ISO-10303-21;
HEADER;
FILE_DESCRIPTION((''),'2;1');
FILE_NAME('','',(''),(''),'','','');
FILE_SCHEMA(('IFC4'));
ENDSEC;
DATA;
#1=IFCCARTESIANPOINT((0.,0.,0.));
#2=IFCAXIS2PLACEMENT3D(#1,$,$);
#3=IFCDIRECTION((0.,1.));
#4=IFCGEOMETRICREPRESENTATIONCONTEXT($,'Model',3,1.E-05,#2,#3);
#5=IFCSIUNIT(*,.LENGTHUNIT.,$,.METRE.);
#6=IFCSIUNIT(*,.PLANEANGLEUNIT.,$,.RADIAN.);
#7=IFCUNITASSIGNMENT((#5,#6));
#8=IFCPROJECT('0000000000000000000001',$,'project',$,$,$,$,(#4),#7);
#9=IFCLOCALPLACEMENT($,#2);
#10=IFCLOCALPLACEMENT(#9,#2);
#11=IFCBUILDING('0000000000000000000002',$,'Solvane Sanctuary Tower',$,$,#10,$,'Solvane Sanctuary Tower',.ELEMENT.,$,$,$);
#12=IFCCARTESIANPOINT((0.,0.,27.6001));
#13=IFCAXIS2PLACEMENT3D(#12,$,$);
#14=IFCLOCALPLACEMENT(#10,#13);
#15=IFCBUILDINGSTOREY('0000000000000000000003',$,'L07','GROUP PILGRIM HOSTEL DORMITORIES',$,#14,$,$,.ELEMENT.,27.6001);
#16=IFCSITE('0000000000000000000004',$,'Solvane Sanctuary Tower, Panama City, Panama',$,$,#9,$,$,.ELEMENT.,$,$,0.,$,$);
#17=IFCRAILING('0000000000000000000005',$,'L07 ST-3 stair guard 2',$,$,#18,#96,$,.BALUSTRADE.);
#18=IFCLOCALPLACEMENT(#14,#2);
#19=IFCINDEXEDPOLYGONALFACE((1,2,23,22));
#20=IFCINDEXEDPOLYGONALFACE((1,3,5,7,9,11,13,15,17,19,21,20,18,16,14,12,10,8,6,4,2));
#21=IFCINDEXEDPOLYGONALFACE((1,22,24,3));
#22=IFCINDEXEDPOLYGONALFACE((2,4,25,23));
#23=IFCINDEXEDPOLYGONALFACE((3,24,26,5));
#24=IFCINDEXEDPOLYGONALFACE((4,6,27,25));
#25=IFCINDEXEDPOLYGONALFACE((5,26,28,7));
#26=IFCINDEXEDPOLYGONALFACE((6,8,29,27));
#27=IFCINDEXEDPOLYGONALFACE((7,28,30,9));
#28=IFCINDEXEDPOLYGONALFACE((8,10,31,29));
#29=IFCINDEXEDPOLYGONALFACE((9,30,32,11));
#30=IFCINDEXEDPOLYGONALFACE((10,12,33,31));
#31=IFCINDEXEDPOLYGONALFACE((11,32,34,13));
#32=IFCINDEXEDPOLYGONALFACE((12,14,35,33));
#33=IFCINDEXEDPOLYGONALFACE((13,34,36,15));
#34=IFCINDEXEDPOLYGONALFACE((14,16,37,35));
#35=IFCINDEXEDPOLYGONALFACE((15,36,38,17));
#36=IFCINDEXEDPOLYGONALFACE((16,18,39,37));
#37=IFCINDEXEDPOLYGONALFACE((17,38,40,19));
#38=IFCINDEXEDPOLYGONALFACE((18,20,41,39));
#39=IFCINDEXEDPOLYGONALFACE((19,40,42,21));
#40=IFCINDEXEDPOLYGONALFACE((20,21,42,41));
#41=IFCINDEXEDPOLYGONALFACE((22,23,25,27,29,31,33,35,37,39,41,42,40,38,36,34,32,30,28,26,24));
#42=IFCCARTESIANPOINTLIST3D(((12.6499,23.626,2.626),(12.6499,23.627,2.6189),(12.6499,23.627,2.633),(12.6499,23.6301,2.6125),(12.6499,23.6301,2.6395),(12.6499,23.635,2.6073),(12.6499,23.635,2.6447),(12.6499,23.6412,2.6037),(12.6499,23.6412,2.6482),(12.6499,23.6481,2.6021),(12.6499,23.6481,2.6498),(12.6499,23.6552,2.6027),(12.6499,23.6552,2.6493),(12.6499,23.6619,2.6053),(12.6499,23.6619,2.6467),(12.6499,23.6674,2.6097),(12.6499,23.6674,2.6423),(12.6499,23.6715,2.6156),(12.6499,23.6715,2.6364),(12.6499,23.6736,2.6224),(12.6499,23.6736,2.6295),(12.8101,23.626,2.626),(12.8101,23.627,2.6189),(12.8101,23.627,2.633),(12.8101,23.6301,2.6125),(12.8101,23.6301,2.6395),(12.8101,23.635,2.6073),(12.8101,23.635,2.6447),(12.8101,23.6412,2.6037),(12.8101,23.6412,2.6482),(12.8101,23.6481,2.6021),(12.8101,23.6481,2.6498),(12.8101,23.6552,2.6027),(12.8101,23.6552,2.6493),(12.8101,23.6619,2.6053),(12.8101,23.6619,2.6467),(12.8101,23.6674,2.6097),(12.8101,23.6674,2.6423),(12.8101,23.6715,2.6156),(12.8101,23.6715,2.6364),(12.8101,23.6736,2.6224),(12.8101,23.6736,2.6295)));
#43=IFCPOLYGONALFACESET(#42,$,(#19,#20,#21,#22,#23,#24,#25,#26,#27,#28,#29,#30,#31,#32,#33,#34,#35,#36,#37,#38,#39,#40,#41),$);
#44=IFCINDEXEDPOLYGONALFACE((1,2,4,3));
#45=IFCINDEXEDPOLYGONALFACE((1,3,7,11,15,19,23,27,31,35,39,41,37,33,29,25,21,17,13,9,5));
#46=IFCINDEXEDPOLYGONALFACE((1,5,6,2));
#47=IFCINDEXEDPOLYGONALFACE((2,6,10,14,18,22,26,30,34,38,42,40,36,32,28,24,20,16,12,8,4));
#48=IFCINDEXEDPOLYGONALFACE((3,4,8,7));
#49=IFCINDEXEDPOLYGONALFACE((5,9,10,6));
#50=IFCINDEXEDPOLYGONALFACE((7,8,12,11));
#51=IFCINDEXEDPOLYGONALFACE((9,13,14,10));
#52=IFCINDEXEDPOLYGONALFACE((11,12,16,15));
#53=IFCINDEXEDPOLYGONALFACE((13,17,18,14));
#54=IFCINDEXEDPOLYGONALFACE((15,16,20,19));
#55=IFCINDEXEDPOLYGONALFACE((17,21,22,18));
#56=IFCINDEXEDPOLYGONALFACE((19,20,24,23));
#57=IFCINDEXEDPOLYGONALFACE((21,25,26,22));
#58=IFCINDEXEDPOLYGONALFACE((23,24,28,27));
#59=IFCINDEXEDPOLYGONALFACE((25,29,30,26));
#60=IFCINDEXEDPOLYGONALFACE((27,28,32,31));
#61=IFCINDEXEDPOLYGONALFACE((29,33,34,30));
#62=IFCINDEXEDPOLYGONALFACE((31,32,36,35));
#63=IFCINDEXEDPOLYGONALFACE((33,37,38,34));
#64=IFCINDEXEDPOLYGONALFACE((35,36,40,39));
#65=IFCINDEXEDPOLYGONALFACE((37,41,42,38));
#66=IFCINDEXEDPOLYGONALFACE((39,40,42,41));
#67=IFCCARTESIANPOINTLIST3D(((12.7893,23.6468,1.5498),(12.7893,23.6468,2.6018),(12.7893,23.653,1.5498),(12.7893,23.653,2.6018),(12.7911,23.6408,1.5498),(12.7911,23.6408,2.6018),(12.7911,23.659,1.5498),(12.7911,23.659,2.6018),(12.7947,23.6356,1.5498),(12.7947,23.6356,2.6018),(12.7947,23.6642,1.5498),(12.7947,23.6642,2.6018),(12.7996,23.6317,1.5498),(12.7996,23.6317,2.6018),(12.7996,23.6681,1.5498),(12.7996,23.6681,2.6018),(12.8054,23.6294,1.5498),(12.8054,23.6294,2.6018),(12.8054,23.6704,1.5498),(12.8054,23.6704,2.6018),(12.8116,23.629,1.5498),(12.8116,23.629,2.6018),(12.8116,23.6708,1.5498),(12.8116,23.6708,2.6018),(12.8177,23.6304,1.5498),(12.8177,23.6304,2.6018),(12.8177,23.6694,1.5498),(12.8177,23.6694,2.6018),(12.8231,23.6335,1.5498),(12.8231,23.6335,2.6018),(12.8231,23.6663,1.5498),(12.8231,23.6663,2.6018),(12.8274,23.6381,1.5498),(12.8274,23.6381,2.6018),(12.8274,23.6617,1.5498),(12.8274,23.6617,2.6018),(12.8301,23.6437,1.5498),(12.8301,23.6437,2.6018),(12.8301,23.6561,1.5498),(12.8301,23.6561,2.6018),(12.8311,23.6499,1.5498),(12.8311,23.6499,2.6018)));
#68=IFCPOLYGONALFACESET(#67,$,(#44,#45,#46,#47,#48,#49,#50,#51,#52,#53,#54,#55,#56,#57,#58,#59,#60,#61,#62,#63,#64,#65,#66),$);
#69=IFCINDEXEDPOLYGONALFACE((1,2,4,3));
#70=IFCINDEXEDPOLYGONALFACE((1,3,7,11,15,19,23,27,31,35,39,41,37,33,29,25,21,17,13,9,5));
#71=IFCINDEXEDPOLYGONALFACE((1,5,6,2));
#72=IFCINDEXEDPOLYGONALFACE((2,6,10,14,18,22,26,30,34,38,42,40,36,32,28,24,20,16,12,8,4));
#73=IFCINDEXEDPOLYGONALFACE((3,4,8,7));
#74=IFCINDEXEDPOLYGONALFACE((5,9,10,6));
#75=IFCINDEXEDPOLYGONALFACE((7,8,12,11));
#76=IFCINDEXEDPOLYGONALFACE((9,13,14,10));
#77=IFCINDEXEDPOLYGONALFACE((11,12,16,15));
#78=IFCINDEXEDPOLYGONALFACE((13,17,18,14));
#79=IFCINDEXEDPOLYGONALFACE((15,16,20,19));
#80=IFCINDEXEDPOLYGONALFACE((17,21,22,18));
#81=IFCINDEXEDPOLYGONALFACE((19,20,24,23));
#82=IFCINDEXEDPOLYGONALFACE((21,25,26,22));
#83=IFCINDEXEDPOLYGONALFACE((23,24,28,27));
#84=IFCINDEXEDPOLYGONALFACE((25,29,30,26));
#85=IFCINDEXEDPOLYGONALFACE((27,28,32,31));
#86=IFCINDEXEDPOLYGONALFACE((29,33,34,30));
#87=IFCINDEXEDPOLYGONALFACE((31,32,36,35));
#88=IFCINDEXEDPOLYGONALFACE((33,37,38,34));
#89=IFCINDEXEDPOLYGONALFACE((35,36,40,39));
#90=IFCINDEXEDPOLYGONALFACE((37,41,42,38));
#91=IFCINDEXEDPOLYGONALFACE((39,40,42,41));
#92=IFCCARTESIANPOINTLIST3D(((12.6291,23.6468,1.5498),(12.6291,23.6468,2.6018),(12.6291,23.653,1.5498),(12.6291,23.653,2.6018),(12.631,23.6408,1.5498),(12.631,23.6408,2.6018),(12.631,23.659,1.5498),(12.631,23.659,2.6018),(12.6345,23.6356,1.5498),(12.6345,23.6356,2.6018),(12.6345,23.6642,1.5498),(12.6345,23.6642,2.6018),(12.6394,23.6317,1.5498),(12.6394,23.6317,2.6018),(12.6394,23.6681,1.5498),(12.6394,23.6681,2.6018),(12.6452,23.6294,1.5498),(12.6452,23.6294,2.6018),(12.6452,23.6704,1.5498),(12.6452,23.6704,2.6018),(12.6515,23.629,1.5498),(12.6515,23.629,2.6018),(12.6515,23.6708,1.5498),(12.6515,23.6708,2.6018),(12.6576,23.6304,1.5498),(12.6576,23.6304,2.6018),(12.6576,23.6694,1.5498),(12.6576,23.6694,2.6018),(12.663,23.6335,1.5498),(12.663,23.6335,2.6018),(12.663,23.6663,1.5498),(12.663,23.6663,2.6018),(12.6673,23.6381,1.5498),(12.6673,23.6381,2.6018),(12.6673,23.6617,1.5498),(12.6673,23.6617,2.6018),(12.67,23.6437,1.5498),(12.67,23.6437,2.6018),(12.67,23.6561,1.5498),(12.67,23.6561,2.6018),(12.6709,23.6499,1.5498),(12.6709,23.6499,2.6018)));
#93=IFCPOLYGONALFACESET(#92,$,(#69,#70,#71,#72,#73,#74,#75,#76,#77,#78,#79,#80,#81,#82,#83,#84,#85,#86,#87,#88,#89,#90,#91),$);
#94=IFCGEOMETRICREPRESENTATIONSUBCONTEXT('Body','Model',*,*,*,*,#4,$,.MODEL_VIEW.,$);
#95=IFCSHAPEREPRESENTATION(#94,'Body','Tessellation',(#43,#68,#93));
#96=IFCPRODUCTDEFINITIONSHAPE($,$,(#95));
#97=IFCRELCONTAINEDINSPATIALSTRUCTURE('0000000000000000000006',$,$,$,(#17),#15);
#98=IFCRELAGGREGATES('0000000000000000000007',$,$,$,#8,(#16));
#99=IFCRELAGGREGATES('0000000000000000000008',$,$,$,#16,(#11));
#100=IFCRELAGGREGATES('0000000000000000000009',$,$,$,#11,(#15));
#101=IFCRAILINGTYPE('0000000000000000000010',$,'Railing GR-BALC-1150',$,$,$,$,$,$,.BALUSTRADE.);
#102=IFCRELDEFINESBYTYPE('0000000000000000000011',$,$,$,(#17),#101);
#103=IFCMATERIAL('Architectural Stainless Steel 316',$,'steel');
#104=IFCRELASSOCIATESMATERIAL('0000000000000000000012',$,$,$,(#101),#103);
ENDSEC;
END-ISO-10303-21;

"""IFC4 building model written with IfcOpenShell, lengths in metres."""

from ifc_helpers import new_model, si_unit, direction, frame, origin, origin_2d, place, context, subcontext, project, spatial, circle, extrude, material, type_object, element, save


model = new_model("IFC4")

# Units and contexts
model_context = context("Model", 3, precision=1e-05, world=origin(), true_north=direction((0.0, 1.0)))
body_context = subcontext(model_context, "Body", "Model", "MODEL_VIEW")
ifc_project = project(units=[si_unit("LENGTHUNIT", "METRE"), si_unit("PLANEANGLEUNIT", "RADIAN")], contexts=[model_context])

# Site, building, storey
site_placement = place(None, origin())
site = spatial("IfcSite", under=ifc_project, at=site_placement, Name="Solvane Sanctuary Tower, Panama City, Panama", CompositionType="ELEMENT", RefElevation=0.0)
building_placement = place(site_placement, origin())
building = spatial("IfcBuilding", under=site, at=building_placement, Name="Solvane Sanctuary Tower", LongName="Solvane Sanctuary Tower", CompositionType="ELEMENT")
storey_placement = place(building_placement, frame((0.0, 0.0, 27.6001)))
storey = spatial("IfcBuildingStorey", under=building, at=storey_placement, Name="L07", Description="GROUP PILGRIM HOSTEL DORMITORIES", CompositionType="ELEMENT", Elevation=27.6001)

# Railing
ifc_material_1 = material(Name="Architectural Stainless Steel 316", Category="steel")
railing_type_1 = type_object("IfcRailingType", Name="Railing GR-BALC-1150", PredefinedType="BALUSTRADE", material=ifc_material_1)
railing_1_placement = place(storey_placement, frame((12.8101, 23.6499, 1.5498)))
element("IfcRailing", 1, at=railing_1_placement, inside=storey, type_object=railing_type_1, Name="L07 ST-3 stair guard 2", PredefinedType="BALUSTRADE", context=body_context, shape_type="SweptSolid", body=[
    extrude(circle(Radius=0.0239, at=origin_2d()), frame((0.0, 0.0, 1.0762), z_axis=(-1.0, 0.0, 0.0), x_axis=(0.0, -1.0, 0.0)), (0.0, 0.0, 1.0), 0.1602),
    extrude(circle(Radius=0.021, at=origin_2d()), origin(), (0.0, 0.0, 1.0), 1.052),
    extrude(circle(Radius=0.021, at=origin_2d()), frame((-0.1602, 0.0, 0.0)), (0.0, 0.0, 1.0), 1.052),
])

save(model, "model.ifc")
